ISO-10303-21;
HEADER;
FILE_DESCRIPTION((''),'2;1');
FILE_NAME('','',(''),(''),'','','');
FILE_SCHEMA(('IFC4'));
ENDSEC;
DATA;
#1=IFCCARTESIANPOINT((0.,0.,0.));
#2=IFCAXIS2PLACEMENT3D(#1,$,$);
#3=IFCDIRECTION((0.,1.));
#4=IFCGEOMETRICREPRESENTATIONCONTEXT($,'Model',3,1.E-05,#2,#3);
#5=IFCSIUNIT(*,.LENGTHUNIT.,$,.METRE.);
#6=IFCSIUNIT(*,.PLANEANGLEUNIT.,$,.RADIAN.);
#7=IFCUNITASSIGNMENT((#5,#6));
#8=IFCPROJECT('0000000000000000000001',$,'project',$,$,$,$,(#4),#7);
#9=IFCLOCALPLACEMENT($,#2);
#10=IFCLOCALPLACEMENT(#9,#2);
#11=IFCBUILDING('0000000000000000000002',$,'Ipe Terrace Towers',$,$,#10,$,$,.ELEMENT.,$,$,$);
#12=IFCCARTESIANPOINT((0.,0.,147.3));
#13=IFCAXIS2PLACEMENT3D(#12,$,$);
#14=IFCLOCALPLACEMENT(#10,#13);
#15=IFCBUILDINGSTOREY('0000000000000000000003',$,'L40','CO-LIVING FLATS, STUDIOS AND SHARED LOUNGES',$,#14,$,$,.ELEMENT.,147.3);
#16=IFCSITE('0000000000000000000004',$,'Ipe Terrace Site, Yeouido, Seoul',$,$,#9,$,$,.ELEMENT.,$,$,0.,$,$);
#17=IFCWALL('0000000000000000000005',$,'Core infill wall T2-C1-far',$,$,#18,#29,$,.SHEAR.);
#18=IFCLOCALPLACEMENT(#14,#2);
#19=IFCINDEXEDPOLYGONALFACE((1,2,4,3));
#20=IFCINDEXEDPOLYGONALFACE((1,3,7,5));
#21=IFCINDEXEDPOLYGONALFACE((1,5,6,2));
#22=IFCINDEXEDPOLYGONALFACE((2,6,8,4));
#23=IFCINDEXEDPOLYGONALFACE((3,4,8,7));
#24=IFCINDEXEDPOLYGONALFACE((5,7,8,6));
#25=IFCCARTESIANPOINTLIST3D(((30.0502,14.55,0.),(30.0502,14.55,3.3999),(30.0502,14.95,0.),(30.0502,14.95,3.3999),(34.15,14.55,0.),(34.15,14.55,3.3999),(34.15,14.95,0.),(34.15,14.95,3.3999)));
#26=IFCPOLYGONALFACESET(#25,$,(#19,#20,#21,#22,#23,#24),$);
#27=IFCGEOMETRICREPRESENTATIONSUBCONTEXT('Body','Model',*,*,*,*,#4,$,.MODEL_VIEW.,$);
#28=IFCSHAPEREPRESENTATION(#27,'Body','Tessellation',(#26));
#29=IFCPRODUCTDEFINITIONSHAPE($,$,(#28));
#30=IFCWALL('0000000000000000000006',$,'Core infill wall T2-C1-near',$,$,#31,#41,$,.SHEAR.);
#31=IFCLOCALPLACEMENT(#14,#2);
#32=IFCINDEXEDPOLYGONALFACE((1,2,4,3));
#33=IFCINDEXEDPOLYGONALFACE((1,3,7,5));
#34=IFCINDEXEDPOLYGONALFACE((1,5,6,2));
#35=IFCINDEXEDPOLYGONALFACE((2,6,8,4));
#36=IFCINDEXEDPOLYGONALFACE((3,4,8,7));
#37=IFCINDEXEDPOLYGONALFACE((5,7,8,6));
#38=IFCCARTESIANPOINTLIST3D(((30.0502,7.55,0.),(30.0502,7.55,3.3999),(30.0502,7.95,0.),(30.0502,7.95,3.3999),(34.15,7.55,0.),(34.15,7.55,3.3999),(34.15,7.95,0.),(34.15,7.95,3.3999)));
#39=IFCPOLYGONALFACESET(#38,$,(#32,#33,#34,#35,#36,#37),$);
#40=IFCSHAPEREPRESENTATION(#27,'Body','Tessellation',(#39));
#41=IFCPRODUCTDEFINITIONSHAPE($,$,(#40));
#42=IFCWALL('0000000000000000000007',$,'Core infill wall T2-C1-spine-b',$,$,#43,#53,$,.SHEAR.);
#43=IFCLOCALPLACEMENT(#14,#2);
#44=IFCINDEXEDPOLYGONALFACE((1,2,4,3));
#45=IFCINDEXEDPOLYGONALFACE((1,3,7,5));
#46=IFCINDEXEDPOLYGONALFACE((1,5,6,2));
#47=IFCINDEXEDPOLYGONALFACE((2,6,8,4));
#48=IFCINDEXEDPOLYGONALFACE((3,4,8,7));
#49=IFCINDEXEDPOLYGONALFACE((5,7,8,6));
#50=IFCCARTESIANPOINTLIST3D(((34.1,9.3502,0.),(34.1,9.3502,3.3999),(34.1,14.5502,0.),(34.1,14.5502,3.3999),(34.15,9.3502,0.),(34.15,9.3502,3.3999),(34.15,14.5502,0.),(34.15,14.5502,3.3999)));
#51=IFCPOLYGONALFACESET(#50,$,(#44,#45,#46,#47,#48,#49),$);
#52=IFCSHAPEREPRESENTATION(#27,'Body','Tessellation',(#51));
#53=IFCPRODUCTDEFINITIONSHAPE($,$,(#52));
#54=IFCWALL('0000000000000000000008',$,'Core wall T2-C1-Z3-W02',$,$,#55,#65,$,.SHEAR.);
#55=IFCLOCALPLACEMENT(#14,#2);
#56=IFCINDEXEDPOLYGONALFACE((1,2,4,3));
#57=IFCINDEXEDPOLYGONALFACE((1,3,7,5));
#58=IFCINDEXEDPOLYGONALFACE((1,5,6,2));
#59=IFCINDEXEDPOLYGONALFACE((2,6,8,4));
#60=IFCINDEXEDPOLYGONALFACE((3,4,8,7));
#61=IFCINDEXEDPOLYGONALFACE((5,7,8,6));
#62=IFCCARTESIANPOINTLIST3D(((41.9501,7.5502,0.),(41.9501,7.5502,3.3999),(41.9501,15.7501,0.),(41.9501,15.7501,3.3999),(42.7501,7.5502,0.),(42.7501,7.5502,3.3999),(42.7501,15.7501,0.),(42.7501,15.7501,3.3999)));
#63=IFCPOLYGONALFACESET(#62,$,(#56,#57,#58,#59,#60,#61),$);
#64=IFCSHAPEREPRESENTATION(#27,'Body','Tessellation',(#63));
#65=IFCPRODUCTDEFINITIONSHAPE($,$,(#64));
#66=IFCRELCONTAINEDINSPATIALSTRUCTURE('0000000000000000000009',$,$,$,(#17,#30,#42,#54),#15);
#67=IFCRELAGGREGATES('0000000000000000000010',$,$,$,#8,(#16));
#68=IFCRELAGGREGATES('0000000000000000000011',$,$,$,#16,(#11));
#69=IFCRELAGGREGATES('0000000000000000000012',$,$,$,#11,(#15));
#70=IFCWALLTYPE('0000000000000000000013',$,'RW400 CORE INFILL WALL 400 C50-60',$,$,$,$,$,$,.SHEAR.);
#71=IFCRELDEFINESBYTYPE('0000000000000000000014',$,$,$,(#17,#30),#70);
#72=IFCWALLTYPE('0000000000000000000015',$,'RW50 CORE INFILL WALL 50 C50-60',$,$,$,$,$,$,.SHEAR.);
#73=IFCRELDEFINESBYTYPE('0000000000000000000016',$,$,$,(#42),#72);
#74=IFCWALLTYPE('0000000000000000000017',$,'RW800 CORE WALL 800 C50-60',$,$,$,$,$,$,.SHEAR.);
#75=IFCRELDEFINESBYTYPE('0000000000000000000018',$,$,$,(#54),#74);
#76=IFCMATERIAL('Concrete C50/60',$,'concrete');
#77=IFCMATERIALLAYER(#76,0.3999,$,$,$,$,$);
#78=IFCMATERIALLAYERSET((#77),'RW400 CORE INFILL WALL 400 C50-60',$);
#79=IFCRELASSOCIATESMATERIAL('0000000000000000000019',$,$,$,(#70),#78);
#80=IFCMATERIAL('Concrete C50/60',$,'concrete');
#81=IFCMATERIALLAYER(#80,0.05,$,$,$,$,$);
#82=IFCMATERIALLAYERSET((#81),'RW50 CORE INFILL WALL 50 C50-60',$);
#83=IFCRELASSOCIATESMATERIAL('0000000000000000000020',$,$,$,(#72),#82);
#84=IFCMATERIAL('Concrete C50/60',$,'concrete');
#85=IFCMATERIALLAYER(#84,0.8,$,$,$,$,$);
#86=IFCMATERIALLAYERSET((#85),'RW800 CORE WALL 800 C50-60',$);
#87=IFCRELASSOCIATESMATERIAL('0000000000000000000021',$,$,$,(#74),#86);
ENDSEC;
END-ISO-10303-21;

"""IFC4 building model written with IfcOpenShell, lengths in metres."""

from ifc_helpers import new_model, si_unit, direction, frame, frame_2d, origin, place, context, subcontext, project, spatial, rectangle, extrude, material, layer, layer_set, type_object, element, save


model = new_model("IFC4")

# Units and contexts
model_context = context("Model", 3, precision=1e-05, world=origin(), true_north=direction((0.0, 1.0)))
body_context = subcontext(model_context, "Body", "Model", "MODEL_VIEW")
ifc_project = project(units=[si_unit("LENGTHUNIT", "METRE"), si_unit("PLANEANGLEUNIT", "RADIAN")], contexts=[model_context])

# Site, building, storey
site_placement = place(None, origin())
site = spatial("IfcSite", under=ifc_project, at=site_placement, Name="Ipe Terrace Site, Yeouido, Seoul", CompositionType="ELEMENT", RefElevation=0.0)
building_placement = place(site_placement, origin())
building = spatial("IfcBuilding", under=site, at=building_placement, Name="Ipe Terrace Towers", CompositionType="ELEMENT")
storey_placement = place(building_placement, frame((0.0, 0.0, 147.3)))
storey = spatial("IfcBuildingStorey", under=building, at=storey_placement, Name="L40", Description="CO-LIVING FLATS, STUDIOS AND SHARED LOUNGES", CompositionType="ELEMENT", Elevation=147.3)

# Walls
ifc_material_1 = material(Name="Concrete C50/60", Category="concrete")
ifc_layer_1 = layer(ifc_material_1, 0.3999)
ifc_layer_set_1 = layer_set([ifc_layer_1], Name="RW400 CORE INFILL WALL 400 C50-60")
wall_type_1 = type_object("IfcWallType", Name="RW400 CORE INFILL WALL 400 C50-60", PredefinedType="SHEAR", material=ifc_layer_set_1)
for number, where, z_axis, x_axis, name in (
    (1, (34.1499, 14.75, 0.0), (0.0, 0.0, 1.0), (-1.0, 0.0, 0.0), "Core infill wall T2-C1-far"),
    (2, (34.1499, 7.75, 0.0), (0.0, 0.0, 1.0), (-1.0, 0.0, 0.0), "Core infill wall T2-C1-near"),
):
    element("IfcWall", number, at=place(storey_placement, frame(where, z_axis=z_axis, x_axis=x_axis)), inside=storey, type_object=wall_type_1, Name=name, PredefinedType="SHEAR", context=body_context, shape_type="SweptSolid", body=[
        extrude(rectangle(XDim=4.0999, YDim=0.3999, at=frame_2d((2.0498, 0.0))), origin(), (0.0, 0.0, 1.0), 3.3999),
    ])
ifc_material_2 = material(Name="Concrete C50/60", Category="concrete")
ifc_layer_2 = layer(ifc_material_2, 0.05)
ifc_layer_set_2 = layer_set([ifc_layer_2], Name="RW50 CORE INFILL WALL 50 C50-60")
wall_type_2 = type_object("IfcWallType", Name="RW50 CORE INFILL WALL 50 C50-60", PredefinedType="SHEAR", material=ifc_layer_set_2)
wall_1_placement = place(storey_placement, frame((34.125, 9.3501, 0.0), z_axis=(0.0, 0.0, 1.0), x_axis=(0.0, 1.0, 0.0)))
element("IfcWall", 3, at=wall_1_placement, inside=storey, type_object=wall_type_2, Name="Core infill wall T2-C1-spine-b", PredefinedType="SHEAR", context=body_context, shape_type="SweptSolid", body=[
    extrude(rectangle(XDim=5.2, YDim=0.05, at=frame_2d((2.6001, 0.0))), origin(), (0.0, 0.0, 1.0), 3.3999),
])
ifc_material_3 = material(Name="Concrete C50/60", Category="concrete")
ifc_layer_3 = layer(ifc_material_3, 0.8)
ifc_layer_set_3 = layer_set([ifc_layer_3], Name="RW800 CORE WALL 800 C50-60")
wall_type_3 = type_object("IfcWallType", Name="RW800 CORE WALL 800 C50-60", PredefinedType="SHEAR", material=ifc_layer_set_3)
wall_2_placement = place(storey_placement, frame((42.3501, 7.55, 0.0), z_axis=(0.0, 0.0, 1.0), x_axis=(0.0, 1.0, 0.0)))
element("IfcWall", 4, at=wall_2_placement, inside=storey, type_object=wall_type_3, Name="Core wall T2-C1-Z3-W02", PredefinedType="SHEAR", context=body_context, shape_type="SweptSolid", body=[
    extrude(rectangle(XDim=8.2, YDim=0.8, at=frame_2d((4.1001, 0.0))), origin(), (0.0, 0.0, 1.0), 3.3999),
])

save(model, "model.ifc")
